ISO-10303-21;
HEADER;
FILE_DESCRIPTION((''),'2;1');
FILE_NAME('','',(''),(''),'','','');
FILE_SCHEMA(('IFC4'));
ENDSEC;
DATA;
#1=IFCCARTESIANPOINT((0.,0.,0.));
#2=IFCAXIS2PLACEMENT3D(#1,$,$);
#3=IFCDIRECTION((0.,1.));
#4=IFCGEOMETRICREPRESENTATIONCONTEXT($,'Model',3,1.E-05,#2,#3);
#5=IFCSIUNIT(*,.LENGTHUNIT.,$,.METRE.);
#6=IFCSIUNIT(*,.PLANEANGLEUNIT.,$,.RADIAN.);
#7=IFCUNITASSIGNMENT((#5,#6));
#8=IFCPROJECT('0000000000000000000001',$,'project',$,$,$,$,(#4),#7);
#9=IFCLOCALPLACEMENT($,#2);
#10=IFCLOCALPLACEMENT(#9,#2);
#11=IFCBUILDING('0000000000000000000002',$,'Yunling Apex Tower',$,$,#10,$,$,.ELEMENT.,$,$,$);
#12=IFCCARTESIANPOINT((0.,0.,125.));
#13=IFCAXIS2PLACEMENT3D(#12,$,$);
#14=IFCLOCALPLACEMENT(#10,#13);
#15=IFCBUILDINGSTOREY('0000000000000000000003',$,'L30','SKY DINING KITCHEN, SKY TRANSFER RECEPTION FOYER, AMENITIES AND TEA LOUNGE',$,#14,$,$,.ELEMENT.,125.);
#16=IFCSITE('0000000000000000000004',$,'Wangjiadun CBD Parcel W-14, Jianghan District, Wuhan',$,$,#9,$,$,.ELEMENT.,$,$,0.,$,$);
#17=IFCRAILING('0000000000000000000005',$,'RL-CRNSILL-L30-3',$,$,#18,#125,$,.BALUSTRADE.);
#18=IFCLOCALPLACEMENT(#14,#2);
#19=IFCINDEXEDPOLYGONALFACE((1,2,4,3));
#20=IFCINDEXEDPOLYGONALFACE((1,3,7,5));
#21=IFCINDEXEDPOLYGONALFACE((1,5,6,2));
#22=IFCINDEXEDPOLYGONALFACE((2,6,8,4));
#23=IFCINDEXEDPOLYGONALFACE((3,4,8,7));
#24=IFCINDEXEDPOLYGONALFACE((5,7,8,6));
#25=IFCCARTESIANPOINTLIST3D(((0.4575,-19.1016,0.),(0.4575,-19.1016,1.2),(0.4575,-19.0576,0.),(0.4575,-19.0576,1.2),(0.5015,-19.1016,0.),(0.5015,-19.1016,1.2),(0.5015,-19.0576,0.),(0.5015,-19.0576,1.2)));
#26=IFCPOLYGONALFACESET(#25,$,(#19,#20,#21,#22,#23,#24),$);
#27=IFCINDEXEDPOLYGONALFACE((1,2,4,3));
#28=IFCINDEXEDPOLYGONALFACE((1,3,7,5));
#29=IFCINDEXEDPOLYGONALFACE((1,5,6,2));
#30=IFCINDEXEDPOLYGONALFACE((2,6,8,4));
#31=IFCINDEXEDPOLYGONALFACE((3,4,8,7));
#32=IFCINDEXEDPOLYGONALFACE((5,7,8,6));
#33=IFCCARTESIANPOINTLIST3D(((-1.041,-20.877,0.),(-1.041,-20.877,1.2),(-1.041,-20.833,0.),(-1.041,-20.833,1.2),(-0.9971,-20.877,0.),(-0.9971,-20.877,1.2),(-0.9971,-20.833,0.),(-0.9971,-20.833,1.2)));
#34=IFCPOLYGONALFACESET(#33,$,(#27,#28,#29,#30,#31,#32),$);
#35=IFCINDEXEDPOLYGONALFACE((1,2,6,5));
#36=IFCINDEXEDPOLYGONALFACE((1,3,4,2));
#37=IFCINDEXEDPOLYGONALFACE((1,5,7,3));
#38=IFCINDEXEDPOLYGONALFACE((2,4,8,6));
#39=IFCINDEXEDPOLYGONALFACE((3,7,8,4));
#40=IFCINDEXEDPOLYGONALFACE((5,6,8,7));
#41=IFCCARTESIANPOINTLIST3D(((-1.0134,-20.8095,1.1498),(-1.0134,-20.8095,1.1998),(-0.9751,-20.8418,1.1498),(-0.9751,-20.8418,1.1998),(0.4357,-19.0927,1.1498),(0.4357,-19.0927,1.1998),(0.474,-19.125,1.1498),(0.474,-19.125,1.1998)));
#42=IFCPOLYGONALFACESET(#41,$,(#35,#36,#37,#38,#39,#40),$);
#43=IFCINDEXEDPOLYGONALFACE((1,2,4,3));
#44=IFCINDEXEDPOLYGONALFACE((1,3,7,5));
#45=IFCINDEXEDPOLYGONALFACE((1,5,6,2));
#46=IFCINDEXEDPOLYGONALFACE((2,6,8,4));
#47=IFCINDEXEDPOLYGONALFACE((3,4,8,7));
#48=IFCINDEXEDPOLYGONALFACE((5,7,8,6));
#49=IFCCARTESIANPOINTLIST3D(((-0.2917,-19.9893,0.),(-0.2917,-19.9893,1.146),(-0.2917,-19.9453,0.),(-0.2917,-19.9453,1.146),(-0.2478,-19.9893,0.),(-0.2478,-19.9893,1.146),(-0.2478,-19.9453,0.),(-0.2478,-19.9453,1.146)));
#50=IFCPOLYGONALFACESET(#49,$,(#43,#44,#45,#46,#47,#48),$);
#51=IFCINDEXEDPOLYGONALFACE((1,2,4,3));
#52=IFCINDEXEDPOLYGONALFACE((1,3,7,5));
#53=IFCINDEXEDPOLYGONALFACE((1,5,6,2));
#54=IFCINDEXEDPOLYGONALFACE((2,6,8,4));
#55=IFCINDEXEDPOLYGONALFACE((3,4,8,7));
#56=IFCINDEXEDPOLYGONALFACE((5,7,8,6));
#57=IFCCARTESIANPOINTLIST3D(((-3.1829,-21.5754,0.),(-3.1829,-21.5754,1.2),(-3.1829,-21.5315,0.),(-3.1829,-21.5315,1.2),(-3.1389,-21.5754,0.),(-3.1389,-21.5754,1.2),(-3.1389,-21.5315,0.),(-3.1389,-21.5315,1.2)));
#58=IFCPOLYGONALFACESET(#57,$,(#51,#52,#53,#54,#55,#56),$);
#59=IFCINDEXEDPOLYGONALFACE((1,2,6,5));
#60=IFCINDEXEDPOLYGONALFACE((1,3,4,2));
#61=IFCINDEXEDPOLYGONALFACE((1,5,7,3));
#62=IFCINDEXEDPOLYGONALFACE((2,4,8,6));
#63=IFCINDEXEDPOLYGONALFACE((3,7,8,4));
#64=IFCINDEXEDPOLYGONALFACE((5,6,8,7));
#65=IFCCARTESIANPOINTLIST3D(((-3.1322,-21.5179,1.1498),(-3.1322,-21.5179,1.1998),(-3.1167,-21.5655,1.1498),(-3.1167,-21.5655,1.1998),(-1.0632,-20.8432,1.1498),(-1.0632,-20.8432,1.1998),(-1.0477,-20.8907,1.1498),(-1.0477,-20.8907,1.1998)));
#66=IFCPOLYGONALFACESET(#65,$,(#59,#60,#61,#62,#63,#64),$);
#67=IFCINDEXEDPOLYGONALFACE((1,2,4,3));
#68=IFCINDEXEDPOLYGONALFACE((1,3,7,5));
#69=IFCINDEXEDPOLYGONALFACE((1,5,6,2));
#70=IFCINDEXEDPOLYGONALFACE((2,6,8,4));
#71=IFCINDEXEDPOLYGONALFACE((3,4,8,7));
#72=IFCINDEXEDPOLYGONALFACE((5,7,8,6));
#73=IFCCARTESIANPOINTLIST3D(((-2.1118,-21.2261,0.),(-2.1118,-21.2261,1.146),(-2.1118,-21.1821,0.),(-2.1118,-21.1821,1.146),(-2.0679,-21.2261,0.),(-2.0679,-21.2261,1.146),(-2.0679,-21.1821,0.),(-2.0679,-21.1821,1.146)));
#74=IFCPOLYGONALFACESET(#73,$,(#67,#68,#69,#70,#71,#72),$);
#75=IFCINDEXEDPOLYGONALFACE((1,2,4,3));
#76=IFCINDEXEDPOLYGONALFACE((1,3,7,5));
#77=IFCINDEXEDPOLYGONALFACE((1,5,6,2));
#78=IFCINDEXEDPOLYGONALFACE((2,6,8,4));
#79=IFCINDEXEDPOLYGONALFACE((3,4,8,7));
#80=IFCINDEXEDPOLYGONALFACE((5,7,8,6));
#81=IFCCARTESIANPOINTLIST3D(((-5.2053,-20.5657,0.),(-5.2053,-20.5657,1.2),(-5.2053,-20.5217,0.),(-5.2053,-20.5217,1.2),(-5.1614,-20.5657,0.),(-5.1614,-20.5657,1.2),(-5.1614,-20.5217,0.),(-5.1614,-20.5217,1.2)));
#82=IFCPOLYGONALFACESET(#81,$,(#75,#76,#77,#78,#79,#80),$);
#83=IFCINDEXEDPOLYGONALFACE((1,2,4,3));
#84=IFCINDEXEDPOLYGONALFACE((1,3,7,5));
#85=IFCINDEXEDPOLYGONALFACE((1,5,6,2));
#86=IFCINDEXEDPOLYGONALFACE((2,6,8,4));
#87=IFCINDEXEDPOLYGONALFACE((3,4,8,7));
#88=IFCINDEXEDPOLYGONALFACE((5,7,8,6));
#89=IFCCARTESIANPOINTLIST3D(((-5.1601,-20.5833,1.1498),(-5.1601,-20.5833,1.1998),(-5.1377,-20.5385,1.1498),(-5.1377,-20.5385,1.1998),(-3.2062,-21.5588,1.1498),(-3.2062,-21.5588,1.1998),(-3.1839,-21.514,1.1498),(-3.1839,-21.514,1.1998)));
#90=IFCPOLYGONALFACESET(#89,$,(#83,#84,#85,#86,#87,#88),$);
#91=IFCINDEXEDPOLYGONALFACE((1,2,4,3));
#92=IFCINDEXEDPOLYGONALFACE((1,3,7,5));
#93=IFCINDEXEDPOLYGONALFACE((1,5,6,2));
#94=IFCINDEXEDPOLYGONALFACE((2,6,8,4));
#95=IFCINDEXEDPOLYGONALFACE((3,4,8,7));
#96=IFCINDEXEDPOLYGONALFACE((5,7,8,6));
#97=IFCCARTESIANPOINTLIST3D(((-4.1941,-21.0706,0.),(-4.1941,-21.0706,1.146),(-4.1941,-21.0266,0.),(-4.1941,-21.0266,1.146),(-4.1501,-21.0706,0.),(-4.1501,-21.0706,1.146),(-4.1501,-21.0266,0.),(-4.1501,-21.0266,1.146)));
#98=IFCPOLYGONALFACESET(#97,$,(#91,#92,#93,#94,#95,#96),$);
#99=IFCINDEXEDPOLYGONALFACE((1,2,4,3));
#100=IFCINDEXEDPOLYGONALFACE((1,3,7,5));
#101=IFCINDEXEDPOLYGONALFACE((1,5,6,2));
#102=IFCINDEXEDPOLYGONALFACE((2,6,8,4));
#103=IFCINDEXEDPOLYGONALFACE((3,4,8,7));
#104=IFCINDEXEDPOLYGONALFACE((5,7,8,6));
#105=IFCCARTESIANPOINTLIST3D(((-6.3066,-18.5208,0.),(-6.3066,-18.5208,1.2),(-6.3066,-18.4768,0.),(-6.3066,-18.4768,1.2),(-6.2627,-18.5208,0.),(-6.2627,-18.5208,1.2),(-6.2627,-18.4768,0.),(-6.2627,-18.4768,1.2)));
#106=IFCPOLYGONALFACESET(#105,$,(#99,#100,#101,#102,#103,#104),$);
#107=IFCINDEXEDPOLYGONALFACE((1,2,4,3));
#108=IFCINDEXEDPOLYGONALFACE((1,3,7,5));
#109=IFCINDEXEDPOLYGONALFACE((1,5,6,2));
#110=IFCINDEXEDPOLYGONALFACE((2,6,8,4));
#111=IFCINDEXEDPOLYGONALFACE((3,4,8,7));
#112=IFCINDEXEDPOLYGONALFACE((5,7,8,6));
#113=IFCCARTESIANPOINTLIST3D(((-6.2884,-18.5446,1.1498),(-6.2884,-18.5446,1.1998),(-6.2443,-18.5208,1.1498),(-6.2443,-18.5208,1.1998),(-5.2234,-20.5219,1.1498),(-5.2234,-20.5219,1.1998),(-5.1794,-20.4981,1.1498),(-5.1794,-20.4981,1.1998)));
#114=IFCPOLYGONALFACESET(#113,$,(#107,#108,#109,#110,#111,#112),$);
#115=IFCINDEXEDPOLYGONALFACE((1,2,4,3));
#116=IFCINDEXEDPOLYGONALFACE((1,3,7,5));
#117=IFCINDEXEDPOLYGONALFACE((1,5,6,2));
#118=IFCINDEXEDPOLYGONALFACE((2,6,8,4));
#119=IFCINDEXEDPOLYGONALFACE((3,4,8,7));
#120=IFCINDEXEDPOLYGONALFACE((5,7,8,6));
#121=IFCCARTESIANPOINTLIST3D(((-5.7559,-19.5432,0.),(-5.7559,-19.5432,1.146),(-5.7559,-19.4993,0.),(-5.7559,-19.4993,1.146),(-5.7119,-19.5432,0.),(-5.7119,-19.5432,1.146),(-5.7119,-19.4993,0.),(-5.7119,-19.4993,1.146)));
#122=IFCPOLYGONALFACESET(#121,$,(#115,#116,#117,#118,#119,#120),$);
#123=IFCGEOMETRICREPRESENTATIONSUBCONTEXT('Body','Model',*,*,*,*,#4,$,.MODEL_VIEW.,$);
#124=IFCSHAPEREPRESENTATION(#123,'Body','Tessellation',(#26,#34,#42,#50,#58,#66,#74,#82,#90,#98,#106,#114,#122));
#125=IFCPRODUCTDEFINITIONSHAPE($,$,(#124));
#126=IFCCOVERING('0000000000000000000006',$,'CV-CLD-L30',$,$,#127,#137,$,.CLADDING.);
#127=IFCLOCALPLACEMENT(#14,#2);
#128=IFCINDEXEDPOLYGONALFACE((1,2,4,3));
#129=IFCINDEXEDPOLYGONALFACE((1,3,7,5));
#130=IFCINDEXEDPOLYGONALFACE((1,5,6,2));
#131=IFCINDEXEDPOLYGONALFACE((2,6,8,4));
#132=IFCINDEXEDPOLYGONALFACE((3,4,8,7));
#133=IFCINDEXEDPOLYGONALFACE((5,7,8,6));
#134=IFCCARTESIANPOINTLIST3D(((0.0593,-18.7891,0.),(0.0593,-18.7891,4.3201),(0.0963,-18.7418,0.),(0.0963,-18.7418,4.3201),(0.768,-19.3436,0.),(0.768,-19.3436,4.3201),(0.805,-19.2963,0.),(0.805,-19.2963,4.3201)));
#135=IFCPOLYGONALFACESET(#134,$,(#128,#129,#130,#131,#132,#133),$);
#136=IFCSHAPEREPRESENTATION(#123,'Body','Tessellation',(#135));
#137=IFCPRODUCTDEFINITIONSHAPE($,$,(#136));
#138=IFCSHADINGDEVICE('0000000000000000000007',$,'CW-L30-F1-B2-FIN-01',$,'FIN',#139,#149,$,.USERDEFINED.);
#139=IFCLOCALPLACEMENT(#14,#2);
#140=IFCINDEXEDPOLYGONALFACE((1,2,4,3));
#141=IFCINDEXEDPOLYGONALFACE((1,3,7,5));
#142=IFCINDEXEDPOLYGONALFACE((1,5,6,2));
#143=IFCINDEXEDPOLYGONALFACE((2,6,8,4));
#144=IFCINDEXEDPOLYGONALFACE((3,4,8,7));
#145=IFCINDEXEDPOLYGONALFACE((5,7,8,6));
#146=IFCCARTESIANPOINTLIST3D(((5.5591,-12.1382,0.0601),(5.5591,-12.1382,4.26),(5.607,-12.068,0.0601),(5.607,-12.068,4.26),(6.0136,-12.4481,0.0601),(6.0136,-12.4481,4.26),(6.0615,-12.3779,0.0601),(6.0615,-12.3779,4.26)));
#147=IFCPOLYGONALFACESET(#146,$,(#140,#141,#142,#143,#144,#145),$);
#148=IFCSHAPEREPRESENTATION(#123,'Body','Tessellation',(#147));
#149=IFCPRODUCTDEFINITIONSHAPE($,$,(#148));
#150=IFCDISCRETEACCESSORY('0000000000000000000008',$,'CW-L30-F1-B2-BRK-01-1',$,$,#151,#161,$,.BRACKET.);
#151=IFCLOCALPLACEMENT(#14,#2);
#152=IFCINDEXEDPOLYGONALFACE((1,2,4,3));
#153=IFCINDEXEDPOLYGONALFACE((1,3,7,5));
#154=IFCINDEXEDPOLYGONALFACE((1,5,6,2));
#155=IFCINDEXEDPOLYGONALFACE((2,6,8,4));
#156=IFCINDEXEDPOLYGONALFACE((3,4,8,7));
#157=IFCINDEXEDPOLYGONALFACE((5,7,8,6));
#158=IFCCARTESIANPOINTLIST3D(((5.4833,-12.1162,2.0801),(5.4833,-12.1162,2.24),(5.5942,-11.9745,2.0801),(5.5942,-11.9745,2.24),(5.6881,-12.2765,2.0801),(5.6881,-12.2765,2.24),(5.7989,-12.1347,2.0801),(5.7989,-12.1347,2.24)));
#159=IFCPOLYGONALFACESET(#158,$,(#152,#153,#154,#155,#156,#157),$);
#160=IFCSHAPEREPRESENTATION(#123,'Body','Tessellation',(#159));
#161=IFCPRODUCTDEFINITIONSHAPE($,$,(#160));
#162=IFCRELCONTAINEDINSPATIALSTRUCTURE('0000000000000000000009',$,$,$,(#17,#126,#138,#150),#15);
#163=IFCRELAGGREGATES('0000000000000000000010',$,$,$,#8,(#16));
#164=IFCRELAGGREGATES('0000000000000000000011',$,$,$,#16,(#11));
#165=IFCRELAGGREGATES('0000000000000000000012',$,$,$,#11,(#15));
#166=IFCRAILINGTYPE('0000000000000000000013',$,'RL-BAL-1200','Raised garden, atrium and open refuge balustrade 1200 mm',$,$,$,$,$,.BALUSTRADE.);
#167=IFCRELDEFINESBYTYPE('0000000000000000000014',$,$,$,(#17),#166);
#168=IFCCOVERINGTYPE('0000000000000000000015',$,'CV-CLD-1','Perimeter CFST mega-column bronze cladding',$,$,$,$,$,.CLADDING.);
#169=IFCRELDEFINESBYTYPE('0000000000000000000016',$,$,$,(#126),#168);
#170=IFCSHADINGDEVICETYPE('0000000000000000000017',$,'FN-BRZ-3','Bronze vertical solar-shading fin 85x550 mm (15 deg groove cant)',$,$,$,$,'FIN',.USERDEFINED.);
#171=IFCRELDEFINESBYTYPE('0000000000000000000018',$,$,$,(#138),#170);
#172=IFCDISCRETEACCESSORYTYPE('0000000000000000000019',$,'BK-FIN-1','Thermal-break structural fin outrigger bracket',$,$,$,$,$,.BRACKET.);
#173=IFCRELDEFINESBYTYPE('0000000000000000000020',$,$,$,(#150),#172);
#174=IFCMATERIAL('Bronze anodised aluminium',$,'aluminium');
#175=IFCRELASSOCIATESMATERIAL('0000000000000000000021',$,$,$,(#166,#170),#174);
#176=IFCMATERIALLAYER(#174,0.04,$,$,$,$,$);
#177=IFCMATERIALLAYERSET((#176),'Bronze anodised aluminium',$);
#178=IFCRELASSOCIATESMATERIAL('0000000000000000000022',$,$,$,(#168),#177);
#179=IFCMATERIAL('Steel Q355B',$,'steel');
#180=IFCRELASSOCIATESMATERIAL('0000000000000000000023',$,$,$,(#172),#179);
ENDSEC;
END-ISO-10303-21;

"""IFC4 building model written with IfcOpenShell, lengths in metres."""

from ifc_helpers import new_model, si_unit, direction, frame, origin, origin_2d, place, context, subcontext, project, spatial, rectangle, extrude, source, transform, mapped, material, layer, layer_set, material_profile, profile_set, type_object, element, save


model = new_model("IFC4")

# Units and contexts
model_context = context("Model", 3, precision=1e-05, world=origin(), true_north=direction((0.0, 1.0)))
body_context = subcontext(model_context, "Body", "Model", "MODEL_VIEW")
ifc_project = project(units=[si_unit("LENGTHUNIT", "METRE"), si_unit("PLANEANGLEUNIT", "RADIAN")], contexts=[model_context])

# Site, building, storey
site_placement = place(None, origin())
site = spatial("IfcSite", under=ifc_project, at=site_placement, Name="Wangjiadun CBD Parcel W-14, Jianghan District, Wuhan", CompositionType="ELEMENT", RefElevation=0.0)
building_placement = place(site_placement, origin())
building = spatial("IfcBuilding", under=site, at=building_placement, Name="Yunling Apex Tower", CompositionType="ELEMENT")
storey_placement = place(building_placement, frame((0.0, 0.0, 125.0)))
storey = spatial("IfcBuildingStorey", under=building, at=storey_placement, Name="L30", Description="SKY DINING KITCHEN, SKY TRANSFER RECEPTION FOYER, AMENITIES AND TEA LOUNGE", CompositionType="ELEMENT", Elevation=125.0)

# Shared definitions
ifc_material_1 = material(Name="Steel Q355B", Category="steel")

# Shared definitions
ifc_material_2 = material(Name="Bronze anodised aluminium", Category="aluminium")

# Railing
railing_type = type_object("IfcRailingType", Name="RL-BAL-1200", Description="Raised garden, atrium and open refuge balustrade 1200 mm", PredefinedType="BALUSTRADE", material=ifc_material_2)
railing_placement = place(storey_placement, frame((0.4795, -19.0796, 0.0)))
element("IfcRailing", 1, at=railing_placement, inside=storey, type_object=railing_type, Name="RL-CRNSILL-L30-3", PredefinedType="BALUSTRADE", context=body_context, shape_type="SweptSolid", body=[
    extrude(rectangle(XDim=0.0439, YDim=0.0439, at=origin_2d()), origin(), (0.0, 0.0, 1.0), 1.2),
    extrude(rectangle(XDim=0.0439, YDim=0.0439, at=origin_2d()), frame((-1.4985, -1.7754, 0.0)), (0.0, 0.0, 1.0), 1.2),
    extrude(rectangle(XDim=0.05, YDim=0.05, at=origin_2d()), frame((-0.0247, -0.0293, 1.1748), z_axis=(-0.645009, -0.764175, 0.0), x_axis=(0.764175, -0.645009, 0.0)), (0.0, 0.0, 1.0), 2.2466),
    extrude(rectangle(XDim=0.0439, YDim=0.0439, at=origin_2d()), frame((-0.7493, -0.8877, 0.0)), (0.0, 0.0, 1.0), 1.146),
    extrude(rectangle(XDim=0.0439, YDim=0.0439, at=origin_2d()), frame((-3.6404, -2.4739, 0.0)), (0.0, 0.0, 1.0), 1.2),
    extrude(rectangle(XDim=0.05, YDim=0.05, at=origin_2d()), frame((-1.5349, -1.7874, 1.1748), z_axis=(-0.950722, -0.310044, 0.0), x_axis=(0.310044, -0.950722, 0.0)), (0.0, 0.0, 1.0), 2.1763),
    extrude(rectangle(XDim=0.0439, YDim=0.0439, at=origin_2d()), frame((-2.5693, -2.1245, 0.0)), (0.0, 0.0, 1.0), 1.146),
    extrude(rectangle(XDim=0.0439, YDim=0.0439, at=origin_2d()), frame((-5.6628, -1.4641, 0.0)), (0.0, 0.0, 1.0), 1.2),
    extrude(rectangle(XDim=0.05, YDim=0.05, at=origin_2d()), frame((-3.6746, -2.4568, 1.1748), z_axis=(-0.894686, 0.446695, 0.0), x_axis=(-0.446695, -0.894686, 0.0)), (0.0, 0.0, 1.0), 2.1838),
    extrude(rectangle(XDim=0.0439, YDim=0.0439, at=origin_2d()), frame((-4.6516, -1.969, 0.0)), (0.0, 0.0, 1.0), 1.146),
    extrude(rectangle(XDim=0.0439, YDim=0.0439, at=origin_2d()), frame((-6.7642, 0.5808, 0.0)), (0.0, 0.0, 1.0), 1.2),
    extrude(rectangle(XDim=0.05, YDim=0.05, at=origin_2d()), frame((-5.6809, -1.4304, 1.1748), z_axis=(-0.474169, 0.880434, 0.0), x_axis=(-0.880434, -0.474169, 0.0)), (0.0, 0.0, 1.0), 2.2458),
    extrude(rectangle(XDim=0.0439, YDim=0.0439, at=origin_2d()), frame((-6.2134, -0.4417, 0.0)), (0.0, 0.0, 1.0), 1.146),
])

# Covering
ifc_layer_1 = layer(ifc_material_2, 0.04)
ifc_layer_set_1 = layer_set([ifc_layer_1], Name="Bronze anodised aluminium")
covering_type = type_object("IfcCoveringType", Name="CV-CLD-1", Description="Perimeter CFST mega-column bronze cladding", PredefinedType="CLADDING", material=ifc_layer_set_1)
shared_shape_1 = source(origin(), body_context, "Body", "SweptSolid", [
    extrude(rectangle(XDim=0.0601, YDim=0.8999, at=origin_2d()), origin(), (0.0, 0.0, 1.0), 4.3201),
])
covering_placement = place(storey_placement, frame((0.4321, -19.0427, 0.0), z_axis=(0.0, 0.0, 1.0), x_axis=(0.616211, 0.787581, 0.0)))
element("IfcCovering", 2, at=covering_placement, inside=storey, type_object=covering_type, Name="CV-CLD-L30", PredefinedType="CLADDING", context=body_context, shape_type="MappedRepresentation", body=[
    mapped(shared_shape_1, transform((0.0, 0.0, 0.0), scale=1.0)),
])

# Shading device
ifc_material_profile_1 = material_profile(ifc_material_2, rectangle(XDim=0.085, YDim=0.55, at=origin_2d()))
ifc_profile_set_1 = profile_set([ifc_material_profile_1], Name="Bronze anodised aluminium")
shading_device_type = type_object("IfcShadingDeviceType", Name="FN-BRZ-3", Description="Bronze vertical solar-shading fin 85x550 mm (15 deg groove cant)", ElementType="FIN", PredefinedType="USERDEFINED", material=ifc_profile_set_1)
shared_shape_2 = source(origin(), body_context, "Body", "SweptSolid", [
    extrude(rectangle(XDim=0.085, YDim=0.55, at=origin_2d()), origin(), (0.0, 0.0, 1.0), 4.2),
])
shading_device_placement = place(storey_placement, frame((5.8103, -12.2581, 0.0601), z_axis=(0.0, 0.0, 1.0), x_axis=(0.563382, 0.826197, 0.0)))
element("IfcShadingDevice", 3, at=shading_device_placement, inside=storey, type_object=shading_device_type, Name="CW-L30-F1-B2-FIN-01", ObjectType="FIN", PredefinedType="USERDEFINED", context=body_context, shape_type="MappedRepresentation", body=[
    mapped(shared_shape_2, transform((0.0, 0.0, 0.0), scale=1.0)),
])

# Discrete accessory
discrete_accessory_type = type_object("IfcDiscreteAccessoryType", Name="BK-FIN-1", Description="Thermal-break structural fin outrigger bracket", PredefinedType="BRACKET", material=ifc_material_1)
shared_shape_3 = source(origin(), body_context, "Body", "SweptSolid", [
    extrude(rectangle(XDim=0.1799, YDim=0.26, at=origin_2d()), origin(), (0.0, 0.0, 1.0), 0.1599),
])
discrete_accessory_placement = place(storey_placement, frame((5.6411, -12.1255, 2.0801), z_axis=(0.0, 0.0, 1.0), x_axis=(0.616211, 0.787581, 0.0)))
element("IfcDiscreteAccessory", 4, at=discrete_accessory_placement, inside=storey, type_object=discrete_accessory_type, Name="CW-L30-F1-B2-BRK-01-1", PredefinedType="BRACKET", context=body_context, shape_type="MappedRepresentation", body=[
    mapped(shared_shape_3, transform((0.0, 0.0, 0.0), scale=1.0)),
])

save(model, "model.ifc")
